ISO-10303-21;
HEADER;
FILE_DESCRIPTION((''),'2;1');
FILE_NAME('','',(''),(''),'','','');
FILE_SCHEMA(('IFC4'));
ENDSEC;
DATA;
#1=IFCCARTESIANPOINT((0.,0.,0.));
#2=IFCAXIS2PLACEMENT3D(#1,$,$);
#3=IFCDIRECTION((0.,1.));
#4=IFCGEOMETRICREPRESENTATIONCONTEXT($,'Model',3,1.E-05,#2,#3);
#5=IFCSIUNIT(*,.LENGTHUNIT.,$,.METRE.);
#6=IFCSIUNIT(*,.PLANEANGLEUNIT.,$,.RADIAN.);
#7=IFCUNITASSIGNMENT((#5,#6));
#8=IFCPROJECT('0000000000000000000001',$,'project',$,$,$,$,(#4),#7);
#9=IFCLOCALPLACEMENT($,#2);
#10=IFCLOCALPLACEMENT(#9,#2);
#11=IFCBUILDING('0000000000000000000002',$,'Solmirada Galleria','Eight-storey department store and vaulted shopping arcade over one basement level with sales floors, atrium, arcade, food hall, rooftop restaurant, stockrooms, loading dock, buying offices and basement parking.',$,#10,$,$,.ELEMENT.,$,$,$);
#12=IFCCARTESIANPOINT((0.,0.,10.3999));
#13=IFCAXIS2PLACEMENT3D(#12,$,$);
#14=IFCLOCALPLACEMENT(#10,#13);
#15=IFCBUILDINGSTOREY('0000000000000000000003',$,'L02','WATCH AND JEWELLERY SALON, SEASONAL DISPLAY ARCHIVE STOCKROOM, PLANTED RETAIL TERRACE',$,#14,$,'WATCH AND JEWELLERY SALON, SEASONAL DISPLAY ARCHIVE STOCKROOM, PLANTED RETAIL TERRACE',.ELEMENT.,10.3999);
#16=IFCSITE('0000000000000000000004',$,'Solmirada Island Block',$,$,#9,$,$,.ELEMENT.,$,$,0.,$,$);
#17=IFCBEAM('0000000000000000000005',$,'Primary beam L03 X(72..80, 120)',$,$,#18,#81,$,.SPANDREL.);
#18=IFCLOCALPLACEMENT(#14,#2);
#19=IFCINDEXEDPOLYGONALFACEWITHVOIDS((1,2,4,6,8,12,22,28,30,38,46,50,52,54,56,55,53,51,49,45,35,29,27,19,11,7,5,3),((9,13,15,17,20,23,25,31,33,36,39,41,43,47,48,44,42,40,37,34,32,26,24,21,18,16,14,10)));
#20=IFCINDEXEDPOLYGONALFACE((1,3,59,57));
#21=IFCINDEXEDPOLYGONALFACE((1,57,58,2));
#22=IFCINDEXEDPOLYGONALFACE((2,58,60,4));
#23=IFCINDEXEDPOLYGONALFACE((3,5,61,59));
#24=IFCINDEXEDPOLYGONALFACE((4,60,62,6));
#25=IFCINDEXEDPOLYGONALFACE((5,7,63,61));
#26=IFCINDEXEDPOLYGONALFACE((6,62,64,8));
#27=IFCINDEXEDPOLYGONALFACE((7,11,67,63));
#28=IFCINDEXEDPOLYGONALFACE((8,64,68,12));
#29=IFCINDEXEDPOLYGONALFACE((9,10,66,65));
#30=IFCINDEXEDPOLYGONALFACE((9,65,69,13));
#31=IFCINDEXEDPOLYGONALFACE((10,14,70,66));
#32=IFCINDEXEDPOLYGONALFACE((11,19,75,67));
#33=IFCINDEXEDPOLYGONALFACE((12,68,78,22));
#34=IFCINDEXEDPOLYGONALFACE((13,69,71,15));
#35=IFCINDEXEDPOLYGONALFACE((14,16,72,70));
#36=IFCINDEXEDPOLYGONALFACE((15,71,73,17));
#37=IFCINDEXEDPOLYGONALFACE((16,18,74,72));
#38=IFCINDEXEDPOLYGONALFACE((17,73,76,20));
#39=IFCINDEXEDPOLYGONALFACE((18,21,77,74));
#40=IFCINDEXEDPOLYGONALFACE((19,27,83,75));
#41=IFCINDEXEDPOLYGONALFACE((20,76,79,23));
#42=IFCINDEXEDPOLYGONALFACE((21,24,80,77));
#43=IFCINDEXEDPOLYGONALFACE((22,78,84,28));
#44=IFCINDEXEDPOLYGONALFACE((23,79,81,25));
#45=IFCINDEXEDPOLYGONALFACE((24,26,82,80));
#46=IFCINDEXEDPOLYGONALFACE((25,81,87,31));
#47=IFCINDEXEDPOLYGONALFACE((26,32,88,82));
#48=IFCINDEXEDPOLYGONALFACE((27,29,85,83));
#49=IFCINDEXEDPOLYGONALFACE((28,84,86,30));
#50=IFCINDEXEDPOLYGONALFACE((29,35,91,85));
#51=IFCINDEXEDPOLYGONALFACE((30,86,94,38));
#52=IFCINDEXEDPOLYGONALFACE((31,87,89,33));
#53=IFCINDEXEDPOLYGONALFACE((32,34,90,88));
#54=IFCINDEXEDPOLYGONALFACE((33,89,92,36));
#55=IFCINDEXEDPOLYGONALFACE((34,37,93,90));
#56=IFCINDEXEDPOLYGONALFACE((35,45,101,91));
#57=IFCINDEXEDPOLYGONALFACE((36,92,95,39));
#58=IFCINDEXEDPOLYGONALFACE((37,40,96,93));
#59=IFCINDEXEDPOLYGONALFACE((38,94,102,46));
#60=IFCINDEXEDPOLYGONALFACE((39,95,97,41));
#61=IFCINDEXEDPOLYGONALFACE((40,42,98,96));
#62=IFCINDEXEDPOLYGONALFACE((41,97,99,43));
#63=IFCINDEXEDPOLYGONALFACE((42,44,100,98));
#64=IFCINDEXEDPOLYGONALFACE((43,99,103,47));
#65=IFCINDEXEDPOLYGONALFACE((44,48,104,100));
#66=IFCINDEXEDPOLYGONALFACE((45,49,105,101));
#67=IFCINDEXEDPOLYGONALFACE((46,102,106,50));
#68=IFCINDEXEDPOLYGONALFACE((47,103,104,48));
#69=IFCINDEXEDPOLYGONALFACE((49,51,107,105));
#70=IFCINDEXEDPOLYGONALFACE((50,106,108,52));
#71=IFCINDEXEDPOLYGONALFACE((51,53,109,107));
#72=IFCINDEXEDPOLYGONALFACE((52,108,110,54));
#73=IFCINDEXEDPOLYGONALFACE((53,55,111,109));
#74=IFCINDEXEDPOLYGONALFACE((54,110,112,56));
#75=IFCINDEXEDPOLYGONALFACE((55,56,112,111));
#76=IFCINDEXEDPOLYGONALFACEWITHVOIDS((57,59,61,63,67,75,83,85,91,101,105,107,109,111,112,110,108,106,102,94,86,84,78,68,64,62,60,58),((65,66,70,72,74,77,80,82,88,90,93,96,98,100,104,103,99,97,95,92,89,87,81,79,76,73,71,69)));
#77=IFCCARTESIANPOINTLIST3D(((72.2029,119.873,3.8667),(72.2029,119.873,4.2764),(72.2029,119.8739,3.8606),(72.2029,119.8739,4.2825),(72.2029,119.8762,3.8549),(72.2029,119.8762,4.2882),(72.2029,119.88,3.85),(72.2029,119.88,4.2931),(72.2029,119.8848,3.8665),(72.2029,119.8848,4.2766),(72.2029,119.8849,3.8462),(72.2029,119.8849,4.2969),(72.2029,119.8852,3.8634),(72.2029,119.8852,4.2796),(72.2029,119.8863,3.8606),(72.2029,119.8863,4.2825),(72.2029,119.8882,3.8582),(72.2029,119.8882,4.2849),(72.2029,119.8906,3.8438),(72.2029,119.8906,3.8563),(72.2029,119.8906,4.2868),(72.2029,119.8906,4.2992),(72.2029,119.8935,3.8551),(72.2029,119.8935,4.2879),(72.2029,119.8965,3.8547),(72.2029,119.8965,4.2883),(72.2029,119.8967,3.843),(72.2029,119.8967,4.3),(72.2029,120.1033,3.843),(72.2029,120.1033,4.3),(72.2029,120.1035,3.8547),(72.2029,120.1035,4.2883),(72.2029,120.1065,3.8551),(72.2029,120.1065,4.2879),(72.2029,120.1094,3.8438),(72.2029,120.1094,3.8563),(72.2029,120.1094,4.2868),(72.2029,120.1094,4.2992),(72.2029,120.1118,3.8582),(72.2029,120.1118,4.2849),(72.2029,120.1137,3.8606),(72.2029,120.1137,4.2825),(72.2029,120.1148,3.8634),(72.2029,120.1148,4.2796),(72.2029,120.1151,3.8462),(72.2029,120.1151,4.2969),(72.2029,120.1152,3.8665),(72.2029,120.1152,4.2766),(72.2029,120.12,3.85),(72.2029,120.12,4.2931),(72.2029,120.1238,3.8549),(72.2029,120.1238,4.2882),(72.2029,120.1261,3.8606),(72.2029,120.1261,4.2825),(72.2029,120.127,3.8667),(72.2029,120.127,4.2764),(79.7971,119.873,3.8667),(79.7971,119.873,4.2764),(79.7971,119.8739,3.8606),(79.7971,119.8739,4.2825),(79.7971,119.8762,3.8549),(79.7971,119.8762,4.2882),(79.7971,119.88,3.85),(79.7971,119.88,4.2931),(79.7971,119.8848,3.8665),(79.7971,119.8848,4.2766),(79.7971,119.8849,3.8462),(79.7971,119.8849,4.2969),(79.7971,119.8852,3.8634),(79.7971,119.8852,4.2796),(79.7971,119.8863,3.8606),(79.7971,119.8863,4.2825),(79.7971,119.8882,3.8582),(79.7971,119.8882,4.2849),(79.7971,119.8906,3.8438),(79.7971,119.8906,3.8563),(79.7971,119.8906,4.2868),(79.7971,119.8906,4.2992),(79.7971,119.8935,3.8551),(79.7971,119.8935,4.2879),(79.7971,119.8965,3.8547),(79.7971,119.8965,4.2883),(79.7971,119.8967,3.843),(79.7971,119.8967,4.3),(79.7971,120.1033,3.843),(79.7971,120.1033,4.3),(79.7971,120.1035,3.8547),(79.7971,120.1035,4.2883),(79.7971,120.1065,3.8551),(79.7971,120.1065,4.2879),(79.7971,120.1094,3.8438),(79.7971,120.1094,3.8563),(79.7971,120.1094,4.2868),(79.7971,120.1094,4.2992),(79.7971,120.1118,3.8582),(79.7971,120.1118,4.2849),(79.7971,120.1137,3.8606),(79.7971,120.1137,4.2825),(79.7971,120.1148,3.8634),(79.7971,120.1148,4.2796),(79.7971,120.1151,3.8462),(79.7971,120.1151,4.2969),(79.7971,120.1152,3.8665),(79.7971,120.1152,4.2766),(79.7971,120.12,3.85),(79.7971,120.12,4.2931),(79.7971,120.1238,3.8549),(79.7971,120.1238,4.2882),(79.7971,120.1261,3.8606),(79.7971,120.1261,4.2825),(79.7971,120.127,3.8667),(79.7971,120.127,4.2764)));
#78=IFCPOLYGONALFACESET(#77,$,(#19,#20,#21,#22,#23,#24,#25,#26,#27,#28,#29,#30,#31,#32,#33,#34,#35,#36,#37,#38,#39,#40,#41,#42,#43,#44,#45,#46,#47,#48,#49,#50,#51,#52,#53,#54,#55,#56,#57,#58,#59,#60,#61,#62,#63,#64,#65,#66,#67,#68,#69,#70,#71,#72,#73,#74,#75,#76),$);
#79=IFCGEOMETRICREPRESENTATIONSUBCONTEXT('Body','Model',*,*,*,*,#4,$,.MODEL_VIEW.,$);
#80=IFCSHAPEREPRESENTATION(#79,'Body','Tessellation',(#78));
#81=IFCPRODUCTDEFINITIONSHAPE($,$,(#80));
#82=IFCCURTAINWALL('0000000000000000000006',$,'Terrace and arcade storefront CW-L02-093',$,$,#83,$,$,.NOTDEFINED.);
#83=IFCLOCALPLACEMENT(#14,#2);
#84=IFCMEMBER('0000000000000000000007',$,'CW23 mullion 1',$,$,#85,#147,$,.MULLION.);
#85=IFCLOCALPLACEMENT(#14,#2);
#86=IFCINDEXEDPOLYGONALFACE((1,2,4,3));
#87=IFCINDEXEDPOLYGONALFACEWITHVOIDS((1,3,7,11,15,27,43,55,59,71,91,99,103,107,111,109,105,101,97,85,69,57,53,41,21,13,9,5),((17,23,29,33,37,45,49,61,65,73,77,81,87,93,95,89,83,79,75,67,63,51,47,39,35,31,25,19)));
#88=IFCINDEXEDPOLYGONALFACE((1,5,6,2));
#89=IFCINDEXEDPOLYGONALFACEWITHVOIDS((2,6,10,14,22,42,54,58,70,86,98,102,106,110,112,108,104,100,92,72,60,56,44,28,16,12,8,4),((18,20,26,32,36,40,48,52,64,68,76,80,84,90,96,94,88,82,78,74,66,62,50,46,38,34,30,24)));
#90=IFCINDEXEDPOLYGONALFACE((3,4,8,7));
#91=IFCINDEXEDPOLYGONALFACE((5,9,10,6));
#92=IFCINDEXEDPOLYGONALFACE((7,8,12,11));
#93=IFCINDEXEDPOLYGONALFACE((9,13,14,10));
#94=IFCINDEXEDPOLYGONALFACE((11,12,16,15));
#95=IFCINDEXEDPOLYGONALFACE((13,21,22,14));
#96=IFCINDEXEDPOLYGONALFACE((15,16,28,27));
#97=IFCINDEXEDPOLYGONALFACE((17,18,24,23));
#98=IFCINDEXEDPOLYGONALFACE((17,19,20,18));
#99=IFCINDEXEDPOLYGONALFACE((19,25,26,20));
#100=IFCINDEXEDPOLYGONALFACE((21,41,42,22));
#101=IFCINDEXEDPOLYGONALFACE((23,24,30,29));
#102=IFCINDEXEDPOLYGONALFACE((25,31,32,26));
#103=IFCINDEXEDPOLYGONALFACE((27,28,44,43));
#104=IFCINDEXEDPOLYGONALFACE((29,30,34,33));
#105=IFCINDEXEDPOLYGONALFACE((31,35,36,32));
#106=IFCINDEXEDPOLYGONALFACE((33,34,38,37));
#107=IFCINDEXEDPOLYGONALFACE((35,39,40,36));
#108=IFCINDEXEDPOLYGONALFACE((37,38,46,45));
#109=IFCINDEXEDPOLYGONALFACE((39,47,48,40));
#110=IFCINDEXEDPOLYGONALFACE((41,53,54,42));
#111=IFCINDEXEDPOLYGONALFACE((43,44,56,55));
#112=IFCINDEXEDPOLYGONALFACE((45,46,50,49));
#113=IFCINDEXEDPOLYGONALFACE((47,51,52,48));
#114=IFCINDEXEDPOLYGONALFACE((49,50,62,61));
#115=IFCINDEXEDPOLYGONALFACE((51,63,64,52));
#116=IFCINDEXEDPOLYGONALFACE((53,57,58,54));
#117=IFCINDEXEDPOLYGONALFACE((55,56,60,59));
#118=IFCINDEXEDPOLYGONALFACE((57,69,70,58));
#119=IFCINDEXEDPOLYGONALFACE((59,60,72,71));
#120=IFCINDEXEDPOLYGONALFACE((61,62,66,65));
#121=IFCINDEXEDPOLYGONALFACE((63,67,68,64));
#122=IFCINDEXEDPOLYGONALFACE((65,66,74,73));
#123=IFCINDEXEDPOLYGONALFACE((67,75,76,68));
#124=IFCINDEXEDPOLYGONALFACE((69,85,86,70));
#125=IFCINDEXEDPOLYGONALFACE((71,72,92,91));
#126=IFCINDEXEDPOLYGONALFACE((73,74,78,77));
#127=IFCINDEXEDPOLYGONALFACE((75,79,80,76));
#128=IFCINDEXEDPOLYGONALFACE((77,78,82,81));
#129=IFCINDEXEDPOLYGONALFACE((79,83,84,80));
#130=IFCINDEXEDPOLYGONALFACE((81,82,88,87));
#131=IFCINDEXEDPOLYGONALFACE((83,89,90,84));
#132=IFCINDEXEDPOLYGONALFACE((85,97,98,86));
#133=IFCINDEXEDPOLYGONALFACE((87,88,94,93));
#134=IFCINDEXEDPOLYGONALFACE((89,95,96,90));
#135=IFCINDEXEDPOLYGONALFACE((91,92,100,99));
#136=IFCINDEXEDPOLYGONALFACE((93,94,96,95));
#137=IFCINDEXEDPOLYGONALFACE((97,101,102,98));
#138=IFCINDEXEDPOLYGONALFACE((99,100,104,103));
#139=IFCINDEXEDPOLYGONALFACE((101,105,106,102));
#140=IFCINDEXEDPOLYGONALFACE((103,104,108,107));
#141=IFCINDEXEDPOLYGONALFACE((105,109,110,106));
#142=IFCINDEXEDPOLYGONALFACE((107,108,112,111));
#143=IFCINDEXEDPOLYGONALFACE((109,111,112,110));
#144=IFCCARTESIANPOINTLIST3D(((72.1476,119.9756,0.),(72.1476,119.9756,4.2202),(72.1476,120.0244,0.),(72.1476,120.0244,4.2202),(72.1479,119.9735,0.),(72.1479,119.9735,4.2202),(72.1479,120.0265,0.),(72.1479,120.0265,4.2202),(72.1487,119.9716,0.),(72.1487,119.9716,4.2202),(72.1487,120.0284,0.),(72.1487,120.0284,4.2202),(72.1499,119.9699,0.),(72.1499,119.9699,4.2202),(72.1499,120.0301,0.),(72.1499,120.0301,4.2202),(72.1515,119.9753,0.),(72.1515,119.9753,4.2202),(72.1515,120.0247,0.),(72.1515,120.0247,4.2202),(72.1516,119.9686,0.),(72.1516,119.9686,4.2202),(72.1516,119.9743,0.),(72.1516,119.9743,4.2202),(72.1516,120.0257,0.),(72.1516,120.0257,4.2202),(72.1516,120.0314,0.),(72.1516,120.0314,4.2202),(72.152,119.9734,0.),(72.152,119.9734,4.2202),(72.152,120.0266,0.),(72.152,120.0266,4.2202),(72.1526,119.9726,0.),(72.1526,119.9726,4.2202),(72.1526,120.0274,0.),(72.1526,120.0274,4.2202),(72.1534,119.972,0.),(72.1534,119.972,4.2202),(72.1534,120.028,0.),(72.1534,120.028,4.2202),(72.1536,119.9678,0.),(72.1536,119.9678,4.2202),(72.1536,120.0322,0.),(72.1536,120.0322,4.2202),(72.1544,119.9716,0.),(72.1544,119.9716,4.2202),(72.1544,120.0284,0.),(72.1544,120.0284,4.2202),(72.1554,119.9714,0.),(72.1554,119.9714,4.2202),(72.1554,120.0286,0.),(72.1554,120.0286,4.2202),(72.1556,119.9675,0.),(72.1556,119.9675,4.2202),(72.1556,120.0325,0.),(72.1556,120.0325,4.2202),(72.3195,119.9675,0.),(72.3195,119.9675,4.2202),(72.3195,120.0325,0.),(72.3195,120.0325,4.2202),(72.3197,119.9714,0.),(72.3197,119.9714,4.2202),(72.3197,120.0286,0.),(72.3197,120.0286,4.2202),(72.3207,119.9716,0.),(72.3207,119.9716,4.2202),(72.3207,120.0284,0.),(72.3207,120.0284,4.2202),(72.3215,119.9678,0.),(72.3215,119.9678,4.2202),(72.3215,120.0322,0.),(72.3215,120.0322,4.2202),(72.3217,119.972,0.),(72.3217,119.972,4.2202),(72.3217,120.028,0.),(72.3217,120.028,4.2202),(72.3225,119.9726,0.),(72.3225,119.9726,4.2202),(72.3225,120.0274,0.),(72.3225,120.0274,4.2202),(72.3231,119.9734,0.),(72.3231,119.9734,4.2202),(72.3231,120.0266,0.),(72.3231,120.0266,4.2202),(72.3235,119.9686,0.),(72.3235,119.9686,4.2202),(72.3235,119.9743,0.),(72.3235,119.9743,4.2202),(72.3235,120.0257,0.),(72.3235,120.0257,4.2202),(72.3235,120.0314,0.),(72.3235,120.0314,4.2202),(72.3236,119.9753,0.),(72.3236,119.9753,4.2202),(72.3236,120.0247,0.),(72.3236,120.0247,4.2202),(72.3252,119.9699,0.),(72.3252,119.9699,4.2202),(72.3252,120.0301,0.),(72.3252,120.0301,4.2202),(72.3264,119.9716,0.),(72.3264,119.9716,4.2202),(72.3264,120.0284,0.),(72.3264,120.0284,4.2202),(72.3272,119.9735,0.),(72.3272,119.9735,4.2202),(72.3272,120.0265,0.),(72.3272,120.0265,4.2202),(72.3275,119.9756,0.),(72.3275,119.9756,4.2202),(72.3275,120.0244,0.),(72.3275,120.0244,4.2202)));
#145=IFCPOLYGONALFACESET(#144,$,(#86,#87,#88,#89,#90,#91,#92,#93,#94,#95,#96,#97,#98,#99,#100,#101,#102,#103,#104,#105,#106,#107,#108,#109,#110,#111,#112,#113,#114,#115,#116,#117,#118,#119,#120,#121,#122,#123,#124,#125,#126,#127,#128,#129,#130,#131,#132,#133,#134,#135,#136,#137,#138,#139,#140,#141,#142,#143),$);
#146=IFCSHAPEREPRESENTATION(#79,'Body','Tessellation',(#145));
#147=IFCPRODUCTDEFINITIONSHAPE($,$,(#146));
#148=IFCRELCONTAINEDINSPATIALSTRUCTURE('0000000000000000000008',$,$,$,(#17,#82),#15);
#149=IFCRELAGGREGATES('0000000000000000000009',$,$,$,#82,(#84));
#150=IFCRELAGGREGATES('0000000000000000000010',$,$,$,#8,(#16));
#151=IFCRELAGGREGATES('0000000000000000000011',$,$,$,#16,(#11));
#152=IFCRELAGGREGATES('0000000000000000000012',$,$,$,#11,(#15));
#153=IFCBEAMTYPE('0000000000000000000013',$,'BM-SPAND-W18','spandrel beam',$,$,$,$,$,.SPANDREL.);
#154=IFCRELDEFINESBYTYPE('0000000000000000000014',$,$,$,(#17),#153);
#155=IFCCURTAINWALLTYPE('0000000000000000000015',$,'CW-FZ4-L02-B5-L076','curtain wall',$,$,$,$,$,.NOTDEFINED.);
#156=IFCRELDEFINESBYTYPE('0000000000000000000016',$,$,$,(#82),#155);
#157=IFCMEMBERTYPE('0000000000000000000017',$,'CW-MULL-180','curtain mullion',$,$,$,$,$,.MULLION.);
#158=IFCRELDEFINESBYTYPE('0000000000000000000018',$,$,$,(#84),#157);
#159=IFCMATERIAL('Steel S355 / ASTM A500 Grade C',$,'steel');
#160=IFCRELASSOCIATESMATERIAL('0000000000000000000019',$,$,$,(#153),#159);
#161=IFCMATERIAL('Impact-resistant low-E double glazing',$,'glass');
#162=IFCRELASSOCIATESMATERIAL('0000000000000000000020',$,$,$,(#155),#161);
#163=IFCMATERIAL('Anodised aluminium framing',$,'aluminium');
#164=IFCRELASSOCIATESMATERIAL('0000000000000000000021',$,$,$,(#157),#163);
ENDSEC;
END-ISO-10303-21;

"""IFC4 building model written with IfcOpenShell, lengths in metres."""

from ifc_helpers import new_model, si_unit, direction, frame, origin, origin_2d, place, context, subcontext, project, spatial, hollow_rectangle, extrude, material, material_profile, profile_set, type_object, element, aggregate, save


model = new_model("IFC4")

# Units and contexts
model_context = context("Model", 3, precision=1e-05, world=origin(), true_north=direction((0.0, 1.0)))
body_context = subcontext(model_context, "Body", "Model", "MODEL_VIEW")
ifc_project = project(units=[si_unit("LENGTHUNIT", "METRE"), si_unit("PLANEANGLEUNIT", "RADIAN")], contexts=[model_context])

# Site, building, storey
site_placement = place(None, origin())
site = spatial("IfcSite", under=ifc_project, at=site_placement, Name="Solmirada Island Block", CompositionType="ELEMENT", RefElevation=0.0)
building_placement = place(site_placement, origin())
building = spatial("IfcBuilding", under=site, at=building_placement, Name="Solmirada Galleria", Description="Eight-storey department store and vaulted shopping arcade over one basement level with sales floors, atrium, arcade, food hall, rooftop restaurant, stockrooms, loading dock, buying offices and basement parking.", CompositionType="ELEMENT")
storey_placement = place(building_placement, frame((0.0, 0.0, 10.3999)))
storey = spatial("IfcBuildingStorey", under=building, at=storey_placement, Name="L02", Description="WATCH AND JEWELLERY SALON, SEASONAL DISPLAY ARCHIVE STOCKROOM, PLANTED RETAIL TERRACE", LongName="WATCH AND JEWELLERY SALON, SEASONAL DISPLAY ARCHIVE STOCKROOM, PLANTED RETAIL TERRACE", CompositionType="ELEMENT", Elevation=10.3999)

# Shared definitions
ifc_material_1 = material(Name="Steel S355 / ASTM A500 Grade C", Category="steel")

# Beam
ifc_material_profile_1 = material_profile(ifc_material_1, hollow_rectangle(XDim=0.2539, YDim=0.457, WallThickness=0.0117, InnerFilletRadius=0.0117, OuterFilletRadius=0.0237, at=origin_2d()), Name="HSS18X10X1/2")
ifc_profile_set_1 = profile_set([ifc_material_profile_1], Name="Steel S355 / ASTM A500 Grade C")
beam_type_1 = type_object("IfcBeamType", Name="BM-SPAND-W18", Description="spandrel beam", PredefinedType="SPANDREL", material=ifc_profile_set_1)
beam_1_placement = place(storey_placement, frame((72.2029, 120.0, 4.0715), z_axis=(1.0, 0.0, 0.0), x_axis=(0.0, 1.0, 0.0)))
element("IfcBeam", 1, at=beam_1_placement, inside=storey, type_object=beam_type_1, Name="Primary beam L03 X(72..80, 120)", PredefinedType="SPANDREL", context=body_context, shape_type="SweptSolid", body=[
    extrude(hollow_rectangle(XDim=0.2539, YDim=0.457, WallThickness=0.0117, InnerFilletRadius=0.0117, OuterFilletRadius=0.0237, at=origin_2d()), origin(), (0.0, 0.0, 1.0), 7.5942),
])

# Curtain wall, member
ifc_material_2 = material(Name="Impact-resistant low-E double glazing", Category="glass")
curtain_wall_type = type_object("IfcCurtainWallType", Name="CW-FZ4-L02-B5-L076", Description="curtain wall", PredefinedType="NOTDEFINED", material=ifc_material_2)
curtain_wall_placement = place(storey_placement, origin())
curtain_wall = element("IfcCurtainWall", 2, at=curtain_wall_placement, inside=storey, type_object=curtain_wall_type, Name="Terrace and arcade storefront CW-L02-093", PredefinedType="NOTDEFINED")
ifc_material_3 = material(Name="Anodised aluminium framing", Category="aluminium")
ifc_material_profile_2 = material_profile(ifc_material_3, hollow_rectangle(XDim=0.0649, YDim=0.1799, WallThickness=0.0039, InnerFilletRadius=0.0039, OuterFilletRadius=0.0081, at=origin_2d()), Name="ALU-MULL-180X65")
ifc_profile_set_2 = profile_set([ifc_material_profile_2], Name="Anodised aluminium framing")
member_type_1 = type_object("IfcMemberType", Name="CW-MULL-180", Description="curtain mullion", PredefinedType="MULLION", material=ifc_profile_set_2)
member_1_placement = place(storey_placement, frame((72.2375, 120.0, 0.0), z_axis=(0.0, 0.0, 1.0), x_axis=(0.0, 1.0, 0.0)))
member_1 = element("IfcMember", 3, at=member_1_placement, type_object=member_type_1, Name="CW23 mullion 1", PredefinedType="MULLION", context=body_context, shape_type="SweptSolid", body=[
    extrude(hollow_rectangle(XDim=0.0649, YDim=0.1799, WallThickness=0.0039, InnerFilletRadius=0.0039, OuterFilletRadius=0.0081, at=origin_2d()), origin(), (0.0, 0.0, 1.0), 4.2202),
])
aggregate(curtain_wall, [member_1])

save(model, "model.ifc")
